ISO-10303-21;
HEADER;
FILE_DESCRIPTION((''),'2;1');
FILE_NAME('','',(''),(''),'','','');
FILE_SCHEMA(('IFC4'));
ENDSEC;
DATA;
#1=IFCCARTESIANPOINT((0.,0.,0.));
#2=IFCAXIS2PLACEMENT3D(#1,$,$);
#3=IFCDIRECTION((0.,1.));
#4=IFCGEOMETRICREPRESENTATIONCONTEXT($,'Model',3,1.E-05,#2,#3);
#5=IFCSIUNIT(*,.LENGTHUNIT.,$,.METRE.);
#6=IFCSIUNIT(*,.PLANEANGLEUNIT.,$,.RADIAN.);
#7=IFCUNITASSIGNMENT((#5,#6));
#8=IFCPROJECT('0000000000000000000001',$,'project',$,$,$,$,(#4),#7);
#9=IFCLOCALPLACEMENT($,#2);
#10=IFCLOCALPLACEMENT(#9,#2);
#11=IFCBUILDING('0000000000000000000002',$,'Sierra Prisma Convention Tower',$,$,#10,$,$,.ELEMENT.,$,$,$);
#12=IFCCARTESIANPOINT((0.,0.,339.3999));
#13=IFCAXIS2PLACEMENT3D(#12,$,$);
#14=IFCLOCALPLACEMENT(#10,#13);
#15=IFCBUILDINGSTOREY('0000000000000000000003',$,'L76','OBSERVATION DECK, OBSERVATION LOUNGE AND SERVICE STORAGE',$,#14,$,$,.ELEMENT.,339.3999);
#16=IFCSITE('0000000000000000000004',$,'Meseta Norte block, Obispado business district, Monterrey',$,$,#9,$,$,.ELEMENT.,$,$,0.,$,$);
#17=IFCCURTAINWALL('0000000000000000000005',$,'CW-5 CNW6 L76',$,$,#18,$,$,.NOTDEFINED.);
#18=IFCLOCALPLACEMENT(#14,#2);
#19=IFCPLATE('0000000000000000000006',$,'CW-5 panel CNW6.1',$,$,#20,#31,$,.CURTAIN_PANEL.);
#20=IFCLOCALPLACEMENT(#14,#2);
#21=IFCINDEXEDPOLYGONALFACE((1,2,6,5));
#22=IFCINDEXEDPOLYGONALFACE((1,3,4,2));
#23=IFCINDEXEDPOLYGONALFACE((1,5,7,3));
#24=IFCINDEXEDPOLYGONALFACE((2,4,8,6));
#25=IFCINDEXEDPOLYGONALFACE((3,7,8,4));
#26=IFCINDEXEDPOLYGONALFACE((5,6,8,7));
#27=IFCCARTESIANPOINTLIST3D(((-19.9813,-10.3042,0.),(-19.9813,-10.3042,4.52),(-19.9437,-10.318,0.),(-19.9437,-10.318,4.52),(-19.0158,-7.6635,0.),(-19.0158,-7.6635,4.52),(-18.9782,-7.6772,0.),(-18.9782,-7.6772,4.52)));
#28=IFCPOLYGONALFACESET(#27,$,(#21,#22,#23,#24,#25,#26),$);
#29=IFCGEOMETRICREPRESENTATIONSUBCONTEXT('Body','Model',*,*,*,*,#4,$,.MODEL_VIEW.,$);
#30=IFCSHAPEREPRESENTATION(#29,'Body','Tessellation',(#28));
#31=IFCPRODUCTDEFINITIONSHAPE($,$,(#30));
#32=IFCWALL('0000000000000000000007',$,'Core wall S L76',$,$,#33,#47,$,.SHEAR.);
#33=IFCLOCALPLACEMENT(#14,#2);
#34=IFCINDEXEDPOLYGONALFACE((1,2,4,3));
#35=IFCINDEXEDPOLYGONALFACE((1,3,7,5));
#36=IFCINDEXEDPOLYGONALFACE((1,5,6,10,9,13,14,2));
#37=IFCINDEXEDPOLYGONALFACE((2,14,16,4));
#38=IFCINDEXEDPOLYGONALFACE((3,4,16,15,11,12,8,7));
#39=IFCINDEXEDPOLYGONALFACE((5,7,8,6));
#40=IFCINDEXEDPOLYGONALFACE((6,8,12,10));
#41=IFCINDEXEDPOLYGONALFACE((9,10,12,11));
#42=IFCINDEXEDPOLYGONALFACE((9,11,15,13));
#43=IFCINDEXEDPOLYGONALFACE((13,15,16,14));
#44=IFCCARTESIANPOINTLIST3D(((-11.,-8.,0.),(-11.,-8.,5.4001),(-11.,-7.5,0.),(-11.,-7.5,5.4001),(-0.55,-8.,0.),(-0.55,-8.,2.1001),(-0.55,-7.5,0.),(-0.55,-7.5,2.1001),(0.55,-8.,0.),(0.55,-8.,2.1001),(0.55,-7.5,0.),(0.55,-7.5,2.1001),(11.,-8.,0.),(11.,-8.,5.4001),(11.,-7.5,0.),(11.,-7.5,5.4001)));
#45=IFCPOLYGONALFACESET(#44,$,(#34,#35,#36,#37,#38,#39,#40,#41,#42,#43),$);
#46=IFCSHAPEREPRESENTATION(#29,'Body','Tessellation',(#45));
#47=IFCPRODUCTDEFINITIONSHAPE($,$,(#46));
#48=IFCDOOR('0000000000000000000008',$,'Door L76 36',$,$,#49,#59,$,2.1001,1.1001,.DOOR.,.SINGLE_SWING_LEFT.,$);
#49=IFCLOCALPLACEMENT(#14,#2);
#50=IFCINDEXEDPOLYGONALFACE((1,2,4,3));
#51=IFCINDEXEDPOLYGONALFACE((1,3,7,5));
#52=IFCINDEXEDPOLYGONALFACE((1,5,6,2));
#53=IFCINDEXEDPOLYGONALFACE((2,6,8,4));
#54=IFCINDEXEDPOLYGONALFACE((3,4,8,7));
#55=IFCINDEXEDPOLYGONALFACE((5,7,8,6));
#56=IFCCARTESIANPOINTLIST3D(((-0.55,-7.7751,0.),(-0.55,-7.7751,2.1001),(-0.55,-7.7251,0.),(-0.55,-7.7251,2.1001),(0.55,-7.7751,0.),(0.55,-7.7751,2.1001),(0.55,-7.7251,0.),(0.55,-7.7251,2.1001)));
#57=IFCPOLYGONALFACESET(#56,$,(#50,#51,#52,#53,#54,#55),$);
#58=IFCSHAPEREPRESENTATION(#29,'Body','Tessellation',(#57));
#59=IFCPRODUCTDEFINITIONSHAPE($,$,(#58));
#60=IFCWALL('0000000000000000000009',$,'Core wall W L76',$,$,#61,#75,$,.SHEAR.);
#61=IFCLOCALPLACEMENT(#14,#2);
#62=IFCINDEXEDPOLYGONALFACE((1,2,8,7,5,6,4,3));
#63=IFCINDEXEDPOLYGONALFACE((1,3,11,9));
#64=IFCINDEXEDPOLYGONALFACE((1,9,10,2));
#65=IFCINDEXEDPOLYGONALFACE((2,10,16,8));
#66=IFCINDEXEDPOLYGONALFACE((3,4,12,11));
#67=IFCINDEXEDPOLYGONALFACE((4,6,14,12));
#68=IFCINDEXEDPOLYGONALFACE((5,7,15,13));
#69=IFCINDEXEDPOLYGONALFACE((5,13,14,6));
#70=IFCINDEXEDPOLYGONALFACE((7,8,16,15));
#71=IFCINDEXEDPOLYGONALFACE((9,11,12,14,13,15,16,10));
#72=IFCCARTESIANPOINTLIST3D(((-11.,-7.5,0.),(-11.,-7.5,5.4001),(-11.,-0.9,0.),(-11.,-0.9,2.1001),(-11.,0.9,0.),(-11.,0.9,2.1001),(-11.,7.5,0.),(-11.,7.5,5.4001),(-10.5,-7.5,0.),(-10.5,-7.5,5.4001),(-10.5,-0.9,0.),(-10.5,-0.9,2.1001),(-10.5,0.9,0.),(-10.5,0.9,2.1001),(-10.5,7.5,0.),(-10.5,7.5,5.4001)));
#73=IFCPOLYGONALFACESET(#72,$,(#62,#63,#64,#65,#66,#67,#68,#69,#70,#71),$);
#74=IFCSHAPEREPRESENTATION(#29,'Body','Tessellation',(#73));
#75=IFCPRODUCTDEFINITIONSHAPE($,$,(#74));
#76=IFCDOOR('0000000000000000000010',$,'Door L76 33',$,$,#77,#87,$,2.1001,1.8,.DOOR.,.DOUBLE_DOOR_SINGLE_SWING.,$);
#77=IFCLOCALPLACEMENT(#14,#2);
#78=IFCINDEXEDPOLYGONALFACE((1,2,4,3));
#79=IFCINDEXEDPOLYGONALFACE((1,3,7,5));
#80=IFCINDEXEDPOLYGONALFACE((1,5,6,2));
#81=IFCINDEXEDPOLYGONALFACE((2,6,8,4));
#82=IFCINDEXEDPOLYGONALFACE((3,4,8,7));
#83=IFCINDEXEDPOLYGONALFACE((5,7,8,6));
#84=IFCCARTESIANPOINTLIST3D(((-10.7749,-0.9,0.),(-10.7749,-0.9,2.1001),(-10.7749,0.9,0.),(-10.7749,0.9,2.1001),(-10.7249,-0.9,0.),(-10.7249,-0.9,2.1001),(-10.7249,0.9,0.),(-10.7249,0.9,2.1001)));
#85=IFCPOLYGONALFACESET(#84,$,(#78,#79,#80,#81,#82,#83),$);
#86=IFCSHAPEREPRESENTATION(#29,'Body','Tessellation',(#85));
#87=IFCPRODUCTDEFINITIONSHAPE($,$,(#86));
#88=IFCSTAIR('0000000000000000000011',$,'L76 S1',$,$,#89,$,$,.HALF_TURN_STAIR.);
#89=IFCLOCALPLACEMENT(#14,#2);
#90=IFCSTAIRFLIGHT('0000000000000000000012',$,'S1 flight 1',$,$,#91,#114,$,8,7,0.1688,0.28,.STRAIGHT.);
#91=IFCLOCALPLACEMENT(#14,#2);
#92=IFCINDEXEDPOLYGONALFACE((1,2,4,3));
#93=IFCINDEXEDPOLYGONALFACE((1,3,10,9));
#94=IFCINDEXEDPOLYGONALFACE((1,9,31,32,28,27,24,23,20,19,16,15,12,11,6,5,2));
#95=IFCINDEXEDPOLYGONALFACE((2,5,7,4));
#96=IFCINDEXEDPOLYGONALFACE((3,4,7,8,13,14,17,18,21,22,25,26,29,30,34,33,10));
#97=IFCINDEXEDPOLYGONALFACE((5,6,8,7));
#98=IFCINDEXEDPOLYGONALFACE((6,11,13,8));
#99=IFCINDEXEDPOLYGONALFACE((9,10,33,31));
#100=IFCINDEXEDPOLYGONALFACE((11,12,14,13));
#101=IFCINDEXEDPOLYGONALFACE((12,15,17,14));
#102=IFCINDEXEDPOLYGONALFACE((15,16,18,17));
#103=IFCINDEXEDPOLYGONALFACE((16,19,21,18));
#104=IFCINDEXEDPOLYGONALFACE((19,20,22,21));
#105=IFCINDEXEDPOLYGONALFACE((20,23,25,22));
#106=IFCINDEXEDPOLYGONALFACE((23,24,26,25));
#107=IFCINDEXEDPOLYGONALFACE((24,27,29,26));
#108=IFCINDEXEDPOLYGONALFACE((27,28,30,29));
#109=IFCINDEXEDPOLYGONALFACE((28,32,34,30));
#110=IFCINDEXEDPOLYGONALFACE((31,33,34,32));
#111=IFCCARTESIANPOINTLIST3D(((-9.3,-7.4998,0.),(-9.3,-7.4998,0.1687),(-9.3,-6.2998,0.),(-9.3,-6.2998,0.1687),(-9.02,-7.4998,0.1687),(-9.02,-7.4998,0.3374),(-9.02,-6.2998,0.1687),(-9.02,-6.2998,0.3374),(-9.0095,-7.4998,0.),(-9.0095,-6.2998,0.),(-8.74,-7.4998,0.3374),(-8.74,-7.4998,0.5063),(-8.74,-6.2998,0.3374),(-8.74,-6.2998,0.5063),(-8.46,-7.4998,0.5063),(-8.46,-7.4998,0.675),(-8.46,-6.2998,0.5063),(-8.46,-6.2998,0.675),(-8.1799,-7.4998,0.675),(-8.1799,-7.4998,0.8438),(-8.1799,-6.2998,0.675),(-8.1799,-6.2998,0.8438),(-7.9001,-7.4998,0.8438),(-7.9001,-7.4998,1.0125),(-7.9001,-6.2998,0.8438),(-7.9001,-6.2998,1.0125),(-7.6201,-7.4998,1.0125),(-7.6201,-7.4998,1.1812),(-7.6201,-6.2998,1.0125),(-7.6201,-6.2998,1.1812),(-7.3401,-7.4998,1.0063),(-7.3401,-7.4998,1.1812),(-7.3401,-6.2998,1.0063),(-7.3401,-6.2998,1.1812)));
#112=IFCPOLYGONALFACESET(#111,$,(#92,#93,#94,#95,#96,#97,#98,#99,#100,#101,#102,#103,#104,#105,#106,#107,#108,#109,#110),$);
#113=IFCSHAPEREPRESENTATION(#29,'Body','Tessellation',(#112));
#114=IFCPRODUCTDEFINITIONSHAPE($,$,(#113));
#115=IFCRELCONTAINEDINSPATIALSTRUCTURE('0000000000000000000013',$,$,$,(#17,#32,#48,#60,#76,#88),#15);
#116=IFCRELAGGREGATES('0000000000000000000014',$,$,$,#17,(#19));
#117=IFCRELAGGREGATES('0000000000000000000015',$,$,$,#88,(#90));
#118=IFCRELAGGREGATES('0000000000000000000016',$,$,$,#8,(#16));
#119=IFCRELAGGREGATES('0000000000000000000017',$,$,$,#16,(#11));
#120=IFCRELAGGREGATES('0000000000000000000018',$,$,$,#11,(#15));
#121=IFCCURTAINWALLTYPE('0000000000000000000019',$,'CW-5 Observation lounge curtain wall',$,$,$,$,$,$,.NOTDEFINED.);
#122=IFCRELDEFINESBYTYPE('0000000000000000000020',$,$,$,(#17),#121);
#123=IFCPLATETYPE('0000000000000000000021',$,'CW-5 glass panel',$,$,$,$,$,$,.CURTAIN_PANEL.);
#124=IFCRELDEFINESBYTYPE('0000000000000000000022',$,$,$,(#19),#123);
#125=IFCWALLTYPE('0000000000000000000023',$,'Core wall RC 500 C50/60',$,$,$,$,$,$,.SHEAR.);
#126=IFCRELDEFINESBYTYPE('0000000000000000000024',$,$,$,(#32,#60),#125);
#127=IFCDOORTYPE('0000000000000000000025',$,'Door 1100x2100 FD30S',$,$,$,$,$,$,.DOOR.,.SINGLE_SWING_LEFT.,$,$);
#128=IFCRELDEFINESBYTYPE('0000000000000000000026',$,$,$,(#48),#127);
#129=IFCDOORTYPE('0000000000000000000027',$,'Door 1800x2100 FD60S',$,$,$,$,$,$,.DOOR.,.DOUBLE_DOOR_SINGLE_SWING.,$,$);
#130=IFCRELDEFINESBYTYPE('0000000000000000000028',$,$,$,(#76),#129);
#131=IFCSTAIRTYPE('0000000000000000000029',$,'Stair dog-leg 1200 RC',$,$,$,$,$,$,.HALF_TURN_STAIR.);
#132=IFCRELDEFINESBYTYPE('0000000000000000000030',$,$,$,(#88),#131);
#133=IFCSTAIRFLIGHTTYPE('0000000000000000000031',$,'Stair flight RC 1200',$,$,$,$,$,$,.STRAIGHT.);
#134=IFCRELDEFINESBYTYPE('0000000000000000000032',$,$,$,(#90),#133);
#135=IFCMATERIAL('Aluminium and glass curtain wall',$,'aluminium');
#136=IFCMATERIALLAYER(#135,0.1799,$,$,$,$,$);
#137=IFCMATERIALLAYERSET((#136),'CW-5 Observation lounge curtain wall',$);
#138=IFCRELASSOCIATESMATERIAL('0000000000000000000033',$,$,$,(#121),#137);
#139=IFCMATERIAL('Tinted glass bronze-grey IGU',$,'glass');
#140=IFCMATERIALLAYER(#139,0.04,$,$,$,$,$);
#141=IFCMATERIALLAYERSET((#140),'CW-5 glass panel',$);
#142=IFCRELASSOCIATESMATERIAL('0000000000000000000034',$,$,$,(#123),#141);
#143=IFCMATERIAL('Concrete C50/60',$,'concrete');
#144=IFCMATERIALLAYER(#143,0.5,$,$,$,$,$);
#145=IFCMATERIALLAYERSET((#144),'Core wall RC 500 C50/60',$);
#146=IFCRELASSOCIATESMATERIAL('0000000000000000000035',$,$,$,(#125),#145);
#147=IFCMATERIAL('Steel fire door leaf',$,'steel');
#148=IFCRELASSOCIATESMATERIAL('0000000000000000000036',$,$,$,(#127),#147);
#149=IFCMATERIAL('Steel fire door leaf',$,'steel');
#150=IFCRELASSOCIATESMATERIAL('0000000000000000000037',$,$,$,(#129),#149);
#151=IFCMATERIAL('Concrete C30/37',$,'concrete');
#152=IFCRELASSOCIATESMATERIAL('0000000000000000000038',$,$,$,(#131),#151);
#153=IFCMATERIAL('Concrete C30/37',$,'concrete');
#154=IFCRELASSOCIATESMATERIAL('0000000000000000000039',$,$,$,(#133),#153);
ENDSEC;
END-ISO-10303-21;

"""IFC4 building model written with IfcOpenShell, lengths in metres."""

from ifc_helpers import new_model, si_unit, direction, frame, frame_2d, origin, origin_2d, place, context, subcontext, project, spatial, polyline, rectangle, outline, extrude, material, layer, layer_set, type_object, element, fill, aggregate, save


model = new_model("IFC4")

# Units and contexts
model_context = context("Model", 3, precision=1e-05, world=origin(), true_north=direction((0.0, 1.0)))
body_context = subcontext(model_context, "Body", "Model", "MODEL_VIEW")
ifc_project = project(units=[si_unit("LENGTHUNIT", "METRE"), si_unit("PLANEANGLEUNIT", "RADIAN")], contexts=[model_context])

# Site, building, storey
site_placement = place(None, origin())
site = spatial("IfcSite", under=ifc_project, at=site_placement, Name="Meseta Norte block, Obispado business district, Monterrey", CompositionType="ELEMENT", RefElevation=0.0)
building_placement = place(site_placement, origin())
building = spatial("IfcBuilding", under=site, at=building_placement, Name="Sierra Prisma Convention Tower", CompositionType="ELEMENT")
storey_placement = place(building_placement, frame((0.0, 0.0, 339.3999)))
storey = spatial("IfcBuildingStorey", under=building, at=storey_placement, Name="L76", Description="OBSERVATION DECK, OBSERVATION LOUNGE AND SERVICE STORAGE", CompositionType="ELEMENT", Elevation=339.3999)

# Curtain wall
ifc_material_1 = material(Name="Aluminium and glass curtain wall", Category="aluminium")
ifc_layer_1 = layer(ifc_material_1, 0.1799)
ifc_layer_set_1 = layer_set([ifc_layer_1], Name="CW-5 Observation lounge curtain wall")
curtain_wall_type = type_object("IfcCurtainWallType", Name="CW-5 Observation lounge curtain wall", PredefinedType="NOTDEFINED", material=ifc_layer_set_1)
curtain_wall_1_placement = place(storey_placement, origin())
curtain_wall_1 = element("IfcCurtainWall", 1, at=curtain_wall_1_placement, inside=storey, type_object=curtain_wall_type, Name="CW-5 CNW6 L76", PredefinedType="NOTDEFINED")

# Plate
ifc_material_2 = material(Name="Tinted glass bronze-grey IGU", Category="glass")
ifc_layer_2 = layer(ifc_material_2, 0.04)
ifc_layer_set_2 = layer_set([ifc_layer_2], Name="CW-5 glass panel")
plate_type = type_object("IfcPlateType", Name="CW-5 glass panel", PredefinedType="CURTAIN_PANEL", material=ifc_layer_set_2)
plate_1_placement = place(storey_placement, frame((-19.4797, -8.9907, 0.0), z_axis=(0.0, 0.0, 1.0), x_axis=(-0.343388, -0.939194, 0.0)))
plate_1 = element("IfcPlate", 2, at=plate_1_placement, type_object=plate_type, Name="CW-5 panel CNW6.1", PredefinedType="CURTAIN_PANEL", context=body_context, shape_type="SweptSolid", body=[
    extrude(rectangle(XDim=2.8118, YDim=0.04, at=origin_2d()), origin(), (0.0, 0.0, 1.0), 4.52),
])
aggregate(curtain_wall_1, [plate_1])

# Walls, openings, doors
ifc_material_3 = material(Name="Concrete C50/60", Category="concrete")
ifc_layer_3 = layer(ifc_material_3, 0.5)
ifc_layer_set_3 = layer_set([ifc_layer_3], Name="Core wall RC 500 C50/60")
wall_type_1 = type_object("IfcWallType", Name="Core wall RC 500 C50/60", PredefinedType="SHEAR", material=ifc_layer_set_3)
wall_1_placement = place(storey_placement, frame((-11.0, -7.75, 0.0), z_axis=(0.0, 0.0, 1.0), x_axis=(1.0, 0.0, 0.0)))
wall_1 = element("IfcWall", 3, at=wall_1_placement, inside=storey, type_object=wall_type_1, Name="Core wall S L76", PredefinedType="SHEAR", context=body_context, shape_type="SweptSolid", body=[
    extrude(rectangle(XDim=22.0, YDim=0.5, at=frame_2d((11.0, 0.0))), origin(), (0.0, 0.0, 1.0), 5.4001),
])
opening_1_placement = place(wall_1_placement, frame((10.45, 0.0, 0.0)))
opening_1 = element("IfcOpeningElement", 4, at=opening_1_placement, cuts=wall_1, PredefinedType="OPENING", context=body_context, shape_type="SweptSolid", body=[
    extrude(rectangle(XDim=1.1001, YDim=2.1001, at=frame_2d((0.55, 1.05))), frame((0.0, 0.25, 0.0), z_axis=(0.0, -1.0, 0.0), x_axis=(1.0, 0.0, 0.0)), (0.0, 0.0, 1.0), 0.5),
])
ifc_material_4 = material(Name="Steel fire door leaf", Category="steel")
door_type_1 = type_object("IfcDoorType", Name="Door 1100x2100 FD30S", OperationType="SINGLE_SWING_LEFT", PredefinedType="DOOR", material=ifc_material_4)
door_1_placement = place(opening_1_placement, origin())
door_1 = element("IfcDoor", 5, at=door_1_placement, inside=storey, type_object=door_type_1, Name="Door L76 36", OperationType="SINGLE_SWING_LEFT", OverallHeight=2.1001, OverallWidth=1.1001, PredefinedType="DOOR", context=body_context, shape_type="SweptSolid", body=[
    extrude(rectangle(XDim=1.1001, YDim=2.1001, at=frame_2d((0.55, 1.05))), frame((0.0, 0.0249, 0.0), z_axis=(0.0, -1.0, 0.0), x_axis=(1.0, 0.0, 0.0)), (0.0, 0.0, 1.0), 0.05),
])
fill(opening_1, door_1)
wall_2_placement = place(storey_placement, frame((-10.75, -7.5, 0.0), z_axis=(0.0, 0.0, 1.0), x_axis=(0.0, 1.0, 0.0)))
wall_2 = element("IfcWall", 6, at=wall_2_placement, inside=storey, type_object=wall_type_1, Name="Core wall W L76", PredefinedType="SHEAR", context=body_context, shape_type="SweptSolid", body=[
    extrude(rectangle(XDim=15.0, YDim=0.5, at=frame_2d((7.5, 0.0))), origin(), (0.0, 0.0, 1.0), 5.4001),
])
opening_2_placement = place(wall_2_placement, frame((6.6001, 0.0, 0.0)))
opening_2 = element("IfcOpeningElement", 7, at=opening_2_placement, cuts=wall_2, PredefinedType="OPENING", context=body_context, shape_type="SweptSolid", body=[
    extrude(rectangle(XDim=1.8, YDim=2.1001, at=frame_2d((0.8999, 1.05))), frame((0.0, 0.25, 0.0), z_axis=(0.0, -1.0, 0.0), x_axis=(1.0, 0.0, 0.0)), (0.0, 0.0, 1.0), 0.5),
])
ifc_material_5 = material(Name="Steel fire door leaf", Category="steel")
door_type_2 = type_object("IfcDoorType", Name="Door 1800x2100 FD60S", OperationType="DOUBLE_DOOR_SINGLE_SWING", PredefinedType="DOOR", material=ifc_material_5)
door_2_placement = place(opening_2_placement, origin())
door_2 = element("IfcDoor", 8, at=door_2_placement, inside=storey, type_object=door_type_2, Name="Door L76 33", OperationType="DOUBLE_DOOR_SINGLE_SWING", OverallHeight=2.1001, OverallWidth=1.8, PredefinedType="DOOR", context=body_context, shape_type="SweptSolid", body=[
    extrude(rectangle(XDim=1.8, YDim=2.1001, at=frame_2d((0.8999, 1.05))), frame((0.0, 0.0249, 0.0), z_axis=(0.0, -1.0, 0.0), x_axis=(1.0, 0.0, 0.0)), (0.0, 0.0, 1.0), 0.05),
])
fill(opening_2, door_2)

# Stair, stair flight
ifc_material_6 = material(Name="Concrete C30/37", Category="concrete")
stair_type = type_object("IfcStairType", Name="Stair dog-leg 1200 RC", PredefinedType="HALF_TURN_STAIR", material=ifc_material_6)
stair_placement = place(storey_placement, origin())
stair = element("IfcStair", 9, at=stair_placement, inside=storey, type_object=stair_type, Name="L76 S1", PredefinedType="HALF_TURN_STAIR")
ifc_material_7 = material(Name="Concrete C30/37", Category="concrete")
stair_flight_type = type_object("IfcStairFlightType", Name="Stair flight RC 1200", PredefinedType="STRAIGHT", material=ifc_material_7)
stair_flight_placement = place(storey_placement, frame((-9.3, -6.8999, 0.0), z_axis=(0.0, 0.0, 1.0), x_axis=(1.0, 0.0, 0.0)))
stair_flight = element("IfcStairFlight", 10, at=stair_flight_placement, type_object=stair_flight_type, Name="S1 flight 1", NumberOfRisers=8, NumberOfTreads=7, PredefinedType="STRAIGHT", RiserHeight=0.1688, TreadLength=0.28, context=body_context, shape_type="SweptSolid", body=[
    extrude(outline(polyline([(0.0, 0.0), (0.0, 0.1687), (0.28, 0.1687), (0.28, 0.3374), (0.5601, 0.3374), (0.5601, 0.5063), (0.8401, 0.5063), (0.8401, 0.675), (1.1201, 0.675), (1.1201, 0.8438), (1.3999, 0.8438), (1.3999, 1.0125), (1.6799, 1.0125), (1.6799, 1.1812), (1.96, 1.1812), (1.96, 1.3501), (1.96, 1.0063), (0.2905, 0.0), (0.0, 0.0)])), frame((0.0, 0.6001, 0.0), z_axis=(0.0, -1.0, 0.0), x_axis=(1.0, 0.0, 0.0)), (0.0, 0.0, 1.0), 1.2),
])
aggregate(stair, [stair_flight])

save(model, "model.ifc")
